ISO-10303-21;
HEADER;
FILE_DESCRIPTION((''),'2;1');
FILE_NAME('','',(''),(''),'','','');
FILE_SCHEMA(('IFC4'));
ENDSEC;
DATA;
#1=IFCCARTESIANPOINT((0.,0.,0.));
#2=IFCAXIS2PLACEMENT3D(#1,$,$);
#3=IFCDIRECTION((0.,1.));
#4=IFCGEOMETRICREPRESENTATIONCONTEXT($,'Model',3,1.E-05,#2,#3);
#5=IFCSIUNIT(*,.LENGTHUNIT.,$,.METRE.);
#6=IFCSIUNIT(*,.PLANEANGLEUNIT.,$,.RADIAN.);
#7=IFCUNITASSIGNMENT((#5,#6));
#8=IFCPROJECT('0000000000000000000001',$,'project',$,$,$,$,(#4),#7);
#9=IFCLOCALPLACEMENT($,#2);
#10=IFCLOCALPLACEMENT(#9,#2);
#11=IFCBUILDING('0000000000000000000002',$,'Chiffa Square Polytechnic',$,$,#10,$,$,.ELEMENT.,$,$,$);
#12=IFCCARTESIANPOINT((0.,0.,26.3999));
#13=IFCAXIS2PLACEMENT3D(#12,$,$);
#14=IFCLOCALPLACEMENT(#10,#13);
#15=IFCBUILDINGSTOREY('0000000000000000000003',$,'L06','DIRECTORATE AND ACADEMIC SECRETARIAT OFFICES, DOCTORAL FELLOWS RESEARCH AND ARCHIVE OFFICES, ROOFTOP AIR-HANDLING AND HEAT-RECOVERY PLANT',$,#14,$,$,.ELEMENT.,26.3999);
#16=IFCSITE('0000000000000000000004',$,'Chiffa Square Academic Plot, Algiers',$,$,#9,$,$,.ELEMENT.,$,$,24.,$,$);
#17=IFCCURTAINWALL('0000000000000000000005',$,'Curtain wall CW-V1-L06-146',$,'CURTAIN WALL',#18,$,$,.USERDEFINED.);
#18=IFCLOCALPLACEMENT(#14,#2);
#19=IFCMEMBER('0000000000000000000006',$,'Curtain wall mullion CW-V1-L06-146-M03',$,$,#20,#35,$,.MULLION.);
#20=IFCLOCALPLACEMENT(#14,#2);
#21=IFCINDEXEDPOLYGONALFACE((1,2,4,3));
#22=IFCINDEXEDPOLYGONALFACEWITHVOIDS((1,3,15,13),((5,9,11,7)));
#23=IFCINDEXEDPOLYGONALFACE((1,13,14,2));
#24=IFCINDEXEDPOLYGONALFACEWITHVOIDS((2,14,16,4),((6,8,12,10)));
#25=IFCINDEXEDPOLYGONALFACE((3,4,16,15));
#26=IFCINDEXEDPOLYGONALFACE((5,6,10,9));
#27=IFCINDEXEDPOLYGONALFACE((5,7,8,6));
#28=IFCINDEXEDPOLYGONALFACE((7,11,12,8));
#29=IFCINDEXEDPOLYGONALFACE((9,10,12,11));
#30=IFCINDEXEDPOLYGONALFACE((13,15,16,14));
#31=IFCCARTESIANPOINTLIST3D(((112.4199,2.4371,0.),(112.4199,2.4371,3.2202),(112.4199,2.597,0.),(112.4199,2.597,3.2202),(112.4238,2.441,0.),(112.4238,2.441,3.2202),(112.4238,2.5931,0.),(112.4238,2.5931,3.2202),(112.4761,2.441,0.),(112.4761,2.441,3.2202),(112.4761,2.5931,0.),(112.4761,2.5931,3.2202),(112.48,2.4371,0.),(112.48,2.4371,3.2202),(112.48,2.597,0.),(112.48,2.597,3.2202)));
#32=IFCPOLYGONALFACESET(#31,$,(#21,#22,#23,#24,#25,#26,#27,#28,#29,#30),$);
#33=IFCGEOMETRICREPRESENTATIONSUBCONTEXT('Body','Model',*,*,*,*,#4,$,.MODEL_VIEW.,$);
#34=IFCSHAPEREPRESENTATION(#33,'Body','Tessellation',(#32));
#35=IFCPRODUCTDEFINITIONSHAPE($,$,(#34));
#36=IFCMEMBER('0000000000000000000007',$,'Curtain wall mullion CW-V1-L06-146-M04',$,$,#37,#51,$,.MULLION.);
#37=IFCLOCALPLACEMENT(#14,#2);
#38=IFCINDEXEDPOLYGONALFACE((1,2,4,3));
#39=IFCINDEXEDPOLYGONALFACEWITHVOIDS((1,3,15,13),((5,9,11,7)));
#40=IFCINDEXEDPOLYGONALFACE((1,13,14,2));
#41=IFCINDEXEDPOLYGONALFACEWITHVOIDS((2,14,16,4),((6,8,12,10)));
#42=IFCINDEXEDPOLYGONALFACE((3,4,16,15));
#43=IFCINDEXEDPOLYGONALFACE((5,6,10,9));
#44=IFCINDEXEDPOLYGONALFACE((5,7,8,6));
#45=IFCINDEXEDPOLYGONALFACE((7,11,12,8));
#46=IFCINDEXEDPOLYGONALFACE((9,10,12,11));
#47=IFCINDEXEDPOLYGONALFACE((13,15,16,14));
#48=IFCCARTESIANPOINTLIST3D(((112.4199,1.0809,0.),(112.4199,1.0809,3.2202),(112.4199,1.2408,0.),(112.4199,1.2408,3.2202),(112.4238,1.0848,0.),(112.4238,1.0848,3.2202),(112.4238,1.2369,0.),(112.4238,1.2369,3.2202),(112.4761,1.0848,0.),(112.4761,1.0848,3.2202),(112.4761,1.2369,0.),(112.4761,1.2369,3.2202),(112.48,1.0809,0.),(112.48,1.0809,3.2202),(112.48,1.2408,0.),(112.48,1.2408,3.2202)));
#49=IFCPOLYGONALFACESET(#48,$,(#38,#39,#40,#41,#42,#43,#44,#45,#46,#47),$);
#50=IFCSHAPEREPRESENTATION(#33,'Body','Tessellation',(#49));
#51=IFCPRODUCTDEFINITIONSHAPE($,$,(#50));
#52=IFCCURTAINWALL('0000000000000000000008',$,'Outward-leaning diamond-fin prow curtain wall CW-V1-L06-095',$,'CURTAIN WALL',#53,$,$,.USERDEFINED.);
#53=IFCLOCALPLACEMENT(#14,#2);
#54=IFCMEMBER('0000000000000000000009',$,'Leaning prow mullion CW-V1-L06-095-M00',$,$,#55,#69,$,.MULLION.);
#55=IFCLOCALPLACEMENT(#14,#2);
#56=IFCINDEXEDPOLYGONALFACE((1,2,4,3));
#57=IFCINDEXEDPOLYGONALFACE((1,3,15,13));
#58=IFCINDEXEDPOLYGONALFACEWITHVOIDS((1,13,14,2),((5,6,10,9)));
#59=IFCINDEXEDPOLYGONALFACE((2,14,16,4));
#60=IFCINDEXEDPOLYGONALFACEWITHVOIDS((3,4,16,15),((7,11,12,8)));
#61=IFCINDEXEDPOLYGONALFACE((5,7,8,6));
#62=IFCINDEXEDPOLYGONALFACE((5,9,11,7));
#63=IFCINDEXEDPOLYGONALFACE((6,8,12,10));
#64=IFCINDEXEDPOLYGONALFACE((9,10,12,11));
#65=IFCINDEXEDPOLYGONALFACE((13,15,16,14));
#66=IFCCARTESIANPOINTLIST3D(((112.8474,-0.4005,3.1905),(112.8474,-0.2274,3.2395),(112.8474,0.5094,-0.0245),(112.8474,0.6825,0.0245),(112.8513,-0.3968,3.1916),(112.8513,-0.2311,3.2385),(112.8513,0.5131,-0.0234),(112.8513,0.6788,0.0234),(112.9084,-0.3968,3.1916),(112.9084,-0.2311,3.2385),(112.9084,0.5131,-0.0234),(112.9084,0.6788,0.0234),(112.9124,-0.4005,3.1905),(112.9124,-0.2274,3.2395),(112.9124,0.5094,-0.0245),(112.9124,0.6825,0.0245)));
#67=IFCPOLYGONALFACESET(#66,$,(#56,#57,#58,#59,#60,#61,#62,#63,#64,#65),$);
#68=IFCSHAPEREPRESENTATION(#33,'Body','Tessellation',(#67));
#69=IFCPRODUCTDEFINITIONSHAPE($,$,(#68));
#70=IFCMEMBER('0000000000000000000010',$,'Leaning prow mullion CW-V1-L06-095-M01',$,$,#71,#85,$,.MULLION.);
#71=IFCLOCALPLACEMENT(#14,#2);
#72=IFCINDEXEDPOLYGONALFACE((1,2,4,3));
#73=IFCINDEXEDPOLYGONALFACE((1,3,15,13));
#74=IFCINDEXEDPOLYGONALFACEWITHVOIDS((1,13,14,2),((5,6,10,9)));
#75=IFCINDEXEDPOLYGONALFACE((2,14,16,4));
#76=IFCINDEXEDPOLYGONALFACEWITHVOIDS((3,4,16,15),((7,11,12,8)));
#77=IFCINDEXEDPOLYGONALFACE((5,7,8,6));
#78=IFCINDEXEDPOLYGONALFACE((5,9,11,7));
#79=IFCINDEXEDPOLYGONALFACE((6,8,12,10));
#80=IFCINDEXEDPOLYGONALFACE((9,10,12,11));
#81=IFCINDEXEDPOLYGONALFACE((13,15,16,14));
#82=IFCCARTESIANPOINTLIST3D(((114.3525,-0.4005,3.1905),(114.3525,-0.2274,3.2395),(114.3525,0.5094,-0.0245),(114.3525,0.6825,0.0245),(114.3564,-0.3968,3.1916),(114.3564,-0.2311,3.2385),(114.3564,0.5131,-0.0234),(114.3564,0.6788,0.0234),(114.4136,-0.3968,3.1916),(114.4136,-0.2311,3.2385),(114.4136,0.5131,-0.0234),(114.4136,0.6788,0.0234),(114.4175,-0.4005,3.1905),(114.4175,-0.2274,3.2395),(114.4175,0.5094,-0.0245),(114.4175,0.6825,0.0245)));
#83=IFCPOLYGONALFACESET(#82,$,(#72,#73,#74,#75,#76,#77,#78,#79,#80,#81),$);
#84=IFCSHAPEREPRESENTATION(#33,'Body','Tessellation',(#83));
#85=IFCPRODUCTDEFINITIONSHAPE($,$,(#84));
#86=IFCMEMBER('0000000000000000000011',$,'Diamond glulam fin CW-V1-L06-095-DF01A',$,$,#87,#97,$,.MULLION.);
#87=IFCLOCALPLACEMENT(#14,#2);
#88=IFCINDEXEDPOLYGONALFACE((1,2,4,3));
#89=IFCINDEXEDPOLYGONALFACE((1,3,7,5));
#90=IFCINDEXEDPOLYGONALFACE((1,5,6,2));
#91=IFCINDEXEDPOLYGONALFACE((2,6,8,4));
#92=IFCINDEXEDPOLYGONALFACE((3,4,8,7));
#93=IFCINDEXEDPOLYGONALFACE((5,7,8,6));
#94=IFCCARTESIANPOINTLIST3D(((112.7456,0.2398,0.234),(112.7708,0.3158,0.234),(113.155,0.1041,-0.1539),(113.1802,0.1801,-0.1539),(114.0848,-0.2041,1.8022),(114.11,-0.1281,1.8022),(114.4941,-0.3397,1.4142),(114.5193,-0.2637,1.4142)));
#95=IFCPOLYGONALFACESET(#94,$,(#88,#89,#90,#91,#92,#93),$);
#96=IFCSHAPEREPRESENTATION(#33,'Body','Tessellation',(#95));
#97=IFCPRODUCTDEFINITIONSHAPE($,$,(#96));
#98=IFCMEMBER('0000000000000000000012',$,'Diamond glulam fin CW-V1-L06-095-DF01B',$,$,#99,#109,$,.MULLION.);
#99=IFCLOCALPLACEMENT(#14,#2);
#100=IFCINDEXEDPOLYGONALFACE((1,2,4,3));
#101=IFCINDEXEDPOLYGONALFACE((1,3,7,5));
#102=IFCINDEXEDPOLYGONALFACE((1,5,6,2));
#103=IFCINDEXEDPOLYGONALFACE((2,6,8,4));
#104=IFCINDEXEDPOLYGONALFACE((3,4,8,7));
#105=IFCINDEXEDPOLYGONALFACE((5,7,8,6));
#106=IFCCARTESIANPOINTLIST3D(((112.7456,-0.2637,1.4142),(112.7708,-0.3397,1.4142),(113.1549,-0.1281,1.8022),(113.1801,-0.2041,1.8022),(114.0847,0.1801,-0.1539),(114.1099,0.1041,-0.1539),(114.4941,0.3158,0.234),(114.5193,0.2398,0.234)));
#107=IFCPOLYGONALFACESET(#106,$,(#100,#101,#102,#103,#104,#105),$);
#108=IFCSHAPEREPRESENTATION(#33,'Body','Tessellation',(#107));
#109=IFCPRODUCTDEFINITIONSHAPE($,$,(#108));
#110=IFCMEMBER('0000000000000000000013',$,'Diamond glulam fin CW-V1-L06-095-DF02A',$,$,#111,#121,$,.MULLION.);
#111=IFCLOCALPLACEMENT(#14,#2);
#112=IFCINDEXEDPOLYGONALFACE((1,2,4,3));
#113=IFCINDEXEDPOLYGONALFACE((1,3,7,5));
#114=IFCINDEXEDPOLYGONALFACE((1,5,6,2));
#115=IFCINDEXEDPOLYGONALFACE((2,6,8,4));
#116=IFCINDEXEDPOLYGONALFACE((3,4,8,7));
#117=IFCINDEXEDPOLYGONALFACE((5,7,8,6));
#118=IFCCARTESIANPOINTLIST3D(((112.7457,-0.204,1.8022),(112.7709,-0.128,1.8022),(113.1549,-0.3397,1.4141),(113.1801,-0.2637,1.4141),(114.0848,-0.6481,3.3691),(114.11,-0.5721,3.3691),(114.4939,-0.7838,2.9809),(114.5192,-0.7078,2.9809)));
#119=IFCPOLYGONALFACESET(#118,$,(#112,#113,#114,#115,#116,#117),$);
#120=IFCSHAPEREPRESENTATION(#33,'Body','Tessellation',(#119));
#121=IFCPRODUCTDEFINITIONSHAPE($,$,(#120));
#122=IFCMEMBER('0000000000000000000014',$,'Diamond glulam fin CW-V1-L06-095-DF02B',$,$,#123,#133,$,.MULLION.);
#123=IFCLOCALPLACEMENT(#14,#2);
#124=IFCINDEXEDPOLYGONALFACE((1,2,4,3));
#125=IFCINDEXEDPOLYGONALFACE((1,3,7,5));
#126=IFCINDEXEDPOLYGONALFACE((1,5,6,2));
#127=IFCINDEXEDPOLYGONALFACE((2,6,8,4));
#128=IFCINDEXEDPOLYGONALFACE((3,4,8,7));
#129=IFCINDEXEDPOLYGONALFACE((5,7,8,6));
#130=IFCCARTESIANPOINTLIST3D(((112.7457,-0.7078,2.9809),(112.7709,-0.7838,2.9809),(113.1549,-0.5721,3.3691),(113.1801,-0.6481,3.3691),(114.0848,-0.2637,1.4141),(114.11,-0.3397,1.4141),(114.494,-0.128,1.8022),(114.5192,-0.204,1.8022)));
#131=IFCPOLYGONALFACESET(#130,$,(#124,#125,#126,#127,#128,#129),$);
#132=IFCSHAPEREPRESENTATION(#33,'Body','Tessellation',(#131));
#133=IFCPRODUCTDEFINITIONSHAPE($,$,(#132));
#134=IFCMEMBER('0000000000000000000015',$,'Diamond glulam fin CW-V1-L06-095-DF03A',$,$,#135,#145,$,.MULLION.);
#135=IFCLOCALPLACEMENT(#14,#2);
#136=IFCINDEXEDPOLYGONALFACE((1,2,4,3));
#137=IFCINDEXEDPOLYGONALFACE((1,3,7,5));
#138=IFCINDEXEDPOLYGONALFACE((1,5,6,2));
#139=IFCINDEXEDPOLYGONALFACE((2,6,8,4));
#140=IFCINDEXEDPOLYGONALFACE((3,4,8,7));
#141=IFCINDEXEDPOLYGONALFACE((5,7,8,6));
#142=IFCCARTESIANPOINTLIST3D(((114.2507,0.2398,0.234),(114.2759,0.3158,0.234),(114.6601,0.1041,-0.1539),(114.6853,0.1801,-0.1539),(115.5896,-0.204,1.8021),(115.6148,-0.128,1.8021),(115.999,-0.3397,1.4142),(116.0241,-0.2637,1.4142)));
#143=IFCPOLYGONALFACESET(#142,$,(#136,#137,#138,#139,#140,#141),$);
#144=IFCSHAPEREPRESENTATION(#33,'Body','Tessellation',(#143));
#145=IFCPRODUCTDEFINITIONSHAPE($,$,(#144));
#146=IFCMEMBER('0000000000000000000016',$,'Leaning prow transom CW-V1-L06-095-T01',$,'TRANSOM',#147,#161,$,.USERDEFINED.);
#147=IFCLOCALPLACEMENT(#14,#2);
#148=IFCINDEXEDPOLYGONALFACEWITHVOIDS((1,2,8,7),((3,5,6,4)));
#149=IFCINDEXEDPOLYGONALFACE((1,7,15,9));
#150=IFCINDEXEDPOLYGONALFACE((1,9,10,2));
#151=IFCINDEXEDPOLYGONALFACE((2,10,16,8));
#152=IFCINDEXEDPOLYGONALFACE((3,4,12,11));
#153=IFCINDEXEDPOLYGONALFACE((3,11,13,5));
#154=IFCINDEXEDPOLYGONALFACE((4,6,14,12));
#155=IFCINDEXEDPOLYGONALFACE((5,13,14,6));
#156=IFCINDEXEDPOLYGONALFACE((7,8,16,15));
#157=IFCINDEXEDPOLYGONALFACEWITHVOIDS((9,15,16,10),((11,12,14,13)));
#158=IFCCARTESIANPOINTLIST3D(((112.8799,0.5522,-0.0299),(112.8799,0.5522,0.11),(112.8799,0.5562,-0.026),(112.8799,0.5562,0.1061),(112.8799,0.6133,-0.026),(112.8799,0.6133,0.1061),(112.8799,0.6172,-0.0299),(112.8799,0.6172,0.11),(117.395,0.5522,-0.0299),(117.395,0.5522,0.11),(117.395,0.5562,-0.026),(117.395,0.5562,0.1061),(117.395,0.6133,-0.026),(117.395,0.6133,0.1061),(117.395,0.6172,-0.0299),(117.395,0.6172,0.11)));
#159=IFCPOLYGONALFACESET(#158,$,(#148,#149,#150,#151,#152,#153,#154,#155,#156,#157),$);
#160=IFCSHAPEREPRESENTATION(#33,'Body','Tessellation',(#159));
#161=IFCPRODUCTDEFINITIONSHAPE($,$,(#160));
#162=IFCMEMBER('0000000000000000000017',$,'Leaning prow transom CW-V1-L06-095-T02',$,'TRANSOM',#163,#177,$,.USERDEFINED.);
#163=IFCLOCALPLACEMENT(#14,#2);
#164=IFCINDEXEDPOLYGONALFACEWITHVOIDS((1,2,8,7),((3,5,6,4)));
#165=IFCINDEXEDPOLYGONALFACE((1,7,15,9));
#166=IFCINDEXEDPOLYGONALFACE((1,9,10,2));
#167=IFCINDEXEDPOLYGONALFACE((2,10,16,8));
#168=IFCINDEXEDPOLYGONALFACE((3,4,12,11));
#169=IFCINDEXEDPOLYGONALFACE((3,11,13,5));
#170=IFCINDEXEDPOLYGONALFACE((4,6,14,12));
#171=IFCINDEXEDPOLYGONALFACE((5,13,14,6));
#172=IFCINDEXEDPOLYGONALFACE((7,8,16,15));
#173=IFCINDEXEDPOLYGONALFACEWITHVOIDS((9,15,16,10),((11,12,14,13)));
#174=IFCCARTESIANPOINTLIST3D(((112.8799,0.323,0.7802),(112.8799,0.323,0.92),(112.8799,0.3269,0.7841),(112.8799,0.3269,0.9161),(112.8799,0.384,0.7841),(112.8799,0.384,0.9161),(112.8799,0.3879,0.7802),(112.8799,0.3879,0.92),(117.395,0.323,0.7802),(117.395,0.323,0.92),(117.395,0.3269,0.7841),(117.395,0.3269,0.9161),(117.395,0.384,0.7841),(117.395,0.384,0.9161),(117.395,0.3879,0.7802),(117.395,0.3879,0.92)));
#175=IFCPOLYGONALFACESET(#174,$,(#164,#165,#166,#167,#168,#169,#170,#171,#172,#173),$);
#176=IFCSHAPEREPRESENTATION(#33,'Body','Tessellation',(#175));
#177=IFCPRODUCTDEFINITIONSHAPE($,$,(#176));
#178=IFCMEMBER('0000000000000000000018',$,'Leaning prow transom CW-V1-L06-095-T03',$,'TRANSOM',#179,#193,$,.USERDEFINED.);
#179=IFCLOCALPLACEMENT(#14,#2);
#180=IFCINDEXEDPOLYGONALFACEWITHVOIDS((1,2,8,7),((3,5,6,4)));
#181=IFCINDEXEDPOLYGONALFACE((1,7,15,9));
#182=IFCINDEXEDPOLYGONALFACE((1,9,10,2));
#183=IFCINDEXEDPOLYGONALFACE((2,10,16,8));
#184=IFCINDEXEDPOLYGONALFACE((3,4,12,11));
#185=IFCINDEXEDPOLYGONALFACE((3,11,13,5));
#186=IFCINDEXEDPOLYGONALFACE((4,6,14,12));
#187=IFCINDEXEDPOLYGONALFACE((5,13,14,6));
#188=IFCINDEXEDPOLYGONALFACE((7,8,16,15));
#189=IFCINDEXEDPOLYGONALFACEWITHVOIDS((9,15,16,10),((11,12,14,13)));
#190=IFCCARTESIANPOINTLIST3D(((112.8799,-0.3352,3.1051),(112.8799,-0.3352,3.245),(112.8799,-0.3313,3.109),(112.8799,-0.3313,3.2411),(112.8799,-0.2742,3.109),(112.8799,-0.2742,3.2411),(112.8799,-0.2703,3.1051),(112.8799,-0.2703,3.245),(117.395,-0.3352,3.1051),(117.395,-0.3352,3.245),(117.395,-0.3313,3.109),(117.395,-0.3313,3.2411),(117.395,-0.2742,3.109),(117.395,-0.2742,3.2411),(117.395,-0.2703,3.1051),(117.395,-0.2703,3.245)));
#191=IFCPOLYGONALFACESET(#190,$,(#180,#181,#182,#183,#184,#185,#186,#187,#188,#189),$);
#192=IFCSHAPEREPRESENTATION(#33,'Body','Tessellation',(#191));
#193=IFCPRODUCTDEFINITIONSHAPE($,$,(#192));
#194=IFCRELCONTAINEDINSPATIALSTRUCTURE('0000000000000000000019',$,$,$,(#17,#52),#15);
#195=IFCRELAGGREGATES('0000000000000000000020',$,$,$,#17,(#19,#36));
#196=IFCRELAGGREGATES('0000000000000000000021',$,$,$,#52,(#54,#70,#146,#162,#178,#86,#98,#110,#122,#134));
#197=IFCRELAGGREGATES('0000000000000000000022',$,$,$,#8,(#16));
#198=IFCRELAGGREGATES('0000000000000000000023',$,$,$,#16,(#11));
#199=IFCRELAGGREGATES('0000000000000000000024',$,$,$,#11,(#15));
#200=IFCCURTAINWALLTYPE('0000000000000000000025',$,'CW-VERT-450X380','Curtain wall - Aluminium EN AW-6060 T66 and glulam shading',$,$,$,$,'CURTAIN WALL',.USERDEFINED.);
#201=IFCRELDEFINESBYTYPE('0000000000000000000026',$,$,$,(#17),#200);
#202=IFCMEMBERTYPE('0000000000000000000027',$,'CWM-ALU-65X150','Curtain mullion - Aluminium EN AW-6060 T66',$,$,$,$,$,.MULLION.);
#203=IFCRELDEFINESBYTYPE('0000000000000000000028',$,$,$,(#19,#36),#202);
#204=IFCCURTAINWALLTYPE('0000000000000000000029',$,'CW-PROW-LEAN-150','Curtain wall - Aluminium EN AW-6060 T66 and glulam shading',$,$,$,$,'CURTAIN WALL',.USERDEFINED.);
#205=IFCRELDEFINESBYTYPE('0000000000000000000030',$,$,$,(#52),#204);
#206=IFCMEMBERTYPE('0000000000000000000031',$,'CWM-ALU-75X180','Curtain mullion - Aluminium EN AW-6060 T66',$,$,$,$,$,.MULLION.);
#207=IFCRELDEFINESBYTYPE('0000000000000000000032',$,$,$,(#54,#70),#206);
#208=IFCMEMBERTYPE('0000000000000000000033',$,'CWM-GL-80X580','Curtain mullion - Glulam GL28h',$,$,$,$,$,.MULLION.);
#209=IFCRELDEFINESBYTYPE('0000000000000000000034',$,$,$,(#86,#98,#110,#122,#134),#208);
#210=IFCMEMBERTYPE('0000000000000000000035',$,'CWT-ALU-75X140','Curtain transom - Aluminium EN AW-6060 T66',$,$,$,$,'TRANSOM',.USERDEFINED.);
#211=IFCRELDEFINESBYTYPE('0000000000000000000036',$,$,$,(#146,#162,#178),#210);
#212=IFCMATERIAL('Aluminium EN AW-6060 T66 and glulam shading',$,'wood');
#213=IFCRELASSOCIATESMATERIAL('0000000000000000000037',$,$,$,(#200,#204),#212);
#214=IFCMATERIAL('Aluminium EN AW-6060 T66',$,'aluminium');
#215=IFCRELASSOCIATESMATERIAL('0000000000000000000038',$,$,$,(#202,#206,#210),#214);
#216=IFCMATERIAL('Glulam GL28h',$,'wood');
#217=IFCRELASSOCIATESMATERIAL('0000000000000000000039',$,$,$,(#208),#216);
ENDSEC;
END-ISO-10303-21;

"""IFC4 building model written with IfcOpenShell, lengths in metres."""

from ifc_helpers import new_model, si_unit, direction, frame, origin, origin_2d, place, context, subcontext, project, spatial, rectangle, hollow_rectangle, extrude, material, material_profile, profile_set, type_object, element, aggregate, save


model = new_model("IFC4")

# Units and contexts
model_context = context("Model", 3, precision=1e-05, world=origin(), true_north=direction((0.0, 1.0)))
body_context = subcontext(model_context, "Body", "Model", "MODEL_VIEW")
ifc_project = project(units=[si_unit("LENGTHUNIT", "METRE"), si_unit("PLANEANGLEUNIT", "RADIAN")], contexts=[model_context])

# Site, building, storey
site_placement = place(None, origin())
site = spatial("IfcSite", under=ifc_project, at=site_placement, Name="Chiffa Square Academic Plot, Algiers", CompositionType="ELEMENT", RefElevation=24.0)
building_placement = place(site_placement, origin())
building = spatial("IfcBuilding", under=site, at=building_placement, Name="Chiffa Square Polytechnic", CompositionType="ELEMENT")
storey_placement = place(building_placement, frame((0.0, 0.0, 26.3999)))
storey = spatial("IfcBuildingStorey", under=building, at=storey_placement, Name="L06", Description="DIRECTORATE AND ACADEMIC SECRETARIAT OFFICES, DOCTORAL FELLOWS RESEARCH AND ARCHIVE OFFICES, ROOFTOP AIR-HANDLING AND HEAT-RECOVERY PLANT", CompositionType="ELEMENT", Elevation=26.3999)

# Curtain walls, members
ifc_material_1 = material(Name="Aluminium EN AW-6060 T66 and glulam shading", Category="wood")
curtain_wall_type_1 = type_object("IfcCurtainWallType", Name="CW-VERT-450X380", Description="Curtain wall - Aluminium EN AW-6060 T66 and glulam shading", ElementType="CURTAIN WALL", PredefinedType="USERDEFINED", material=ifc_material_1)
curtain_wall_1_placement = place(storey_placement, origin())
curtain_wall_1 = element("IfcCurtainWall", 1, at=curtain_wall_1_placement, inside=storey, type_object=curtain_wall_type_1, Name="Curtain wall CW-V1-L06-146", ObjectType="CURTAIN WALL", PredefinedType="USERDEFINED")
ifc_material_2 = material(Name="Aluminium EN AW-6060 T66", Category="aluminium")
ifc_material_profile_1 = material_profile(ifc_material_2, hollow_rectangle(XDim=0.0601, YDim=0.1599, WallThickness=0.0039, at=origin_2d()), Name="ALU 60x160x4")
ifc_profile_set_1 = profile_set([ifc_material_profile_1], Name="Aluminium EN AW-6060 T66")
member_type_1 = type_object("IfcMemberType", Name="CWM-ALU-65X150", Description="Curtain mullion - Aluminium EN AW-6060 T66", PredefinedType="MULLION", material=ifc_profile_set_1)
member_1_placement = place(storey_placement, frame((112.45, 2.5171, 0.0), z_axis=(0.0, 0.0, 1.0), x_axis=(1.0, 0.0, 0.0)))
member_1 = element("IfcMember", 2, at=member_1_placement, type_object=member_type_1, Name="Curtain wall mullion CW-V1-L06-146-M03", PredefinedType="MULLION", context=body_context, shape_type="SweptSolid", body=[
    extrude(hollow_rectangle(XDim=0.0601, YDim=0.1599, WallThickness=0.0039, at=origin_2d()), origin(), (0.0, 0.0, 1.0), 3.2202),
])
member_2_placement = place(storey_placement, frame((112.45, 1.1609, 0.0), z_axis=(0.0, 0.0, 1.0), x_axis=(1.0, 0.0, 0.0)))
member_2 = element("IfcMember", 3, at=member_2_placement, type_object=member_type_1, Name="Curtain wall mullion CW-V1-L06-146-M04", PredefinedType="MULLION", context=body_context, shape_type="SweptSolid", body=[
    extrude(hollow_rectangle(XDim=0.0601, YDim=0.1599, WallThickness=0.0039, at=origin_2d()), origin(), (0.0, 0.0, 1.0), 3.2202),
])
curtain_wall_type_2 = type_object("IfcCurtainWallType", Name="CW-PROW-LEAN-150", Description="Curtain wall - Aluminium EN AW-6060 T66 and glulam shading", ElementType="CURTAIN WALL", PredefinedType="USERDEFINED", material=ifc_material_1)
curtain_wall_2_placement = place(storey_placement, origin())
curtain_wall_2 = element("IfcCurtainWall", 4, at=curtain_wall_2_placement, inside=storey, type_object=curtain_wall_type_2, Name="Outward-leaning diamond-fin prow curtain wall CW-V1-L06-095", ObjectType="CURTAIN WALL", PredefinedType="USERDEFINED")
ifc_material_profile_2 = material_profile(ifc_material_2, hollow_rectangle(XDim=0.0649, YDim=0.1799, WallThickness=0.0039, at=origin_2d()), Name="ALU 65x180x4")
ifc_profile_set_2 = profile_set([ifc_material_profile_2], Name="Aluminium EN AW-6060 T66")
member_type_2 = type_object("IfcMemberType", Name="CWM-ALU-75X180", Description="Curtain mullion - Aluminium EN AW-6060 T66", PredefinedType="MULLION", material=ifc_profile_set_2)
member_3_placement = place(storey_placement, frame((112.8799, 0.5959, 0.0), z_axis=(0.0, -0.272317, 0.962207), x_axis=(1.0, 0.0, 0.0)))
member_3 = element("IfcMember", 5, at=member_3_placement, type_object=member_type_2, Name="Leaning prow mullion CW-V1-L06-095-M00", PredefinedType="MULLION", context=body_context, shape_type="SweptSolid", body=[
    extrude(hollow_rectangle(XDim=0.0649, YDim=0.1799, WallThickness=0.0039, at=origin_2d()), origin(), (0.0, 0.0, 1.0), 3.3413),
])
member_4_placement = place(storey_placement, frame((114.385, 0.5959, 0.0), z_axis=(0.0, -0.272317, 0.962207), x_axis=(1.0, 0.0, 0.0)))
member_4 = element("IfcMember", 6, at=member_4_placement, type_object=member_type_2, Name="Leaning prow mullion CW-V1-L06-095-M01", PredefinedType="MULLION", context=body_context, shape_type="SweptSolid", body=[
    extrude(hollow_rectangle(XDim=0.0649, YDim=0.1799, WallThickness=0.0039, at=origin_2d()), origin(), (0.0, 0.0, 1.0), 3.3413),
])
ifc_material_3 = material(Name="Glulam GL28h", Category="wood")
ifc_material_profile_3 = material_profile(ifc_material_3, rectangle(XDim=0.0801, YDim=0.5801, at=origin_2d()), Name="GL28h 80x580")
ifc_profile_set_3 = profile_set([ifc_material_profile_3], Name="Glulam GL28h")
member_type_3 = type_object("IfcMemberType", Name="CWM-GL-80X580", Description="Curtain mullion - Glulam GL28h", PredefinedType="MULLION", material=ifc_profile_set_3)
member_5_placement = place(storey_placement, frame((112.9629, 0.21, 0.04), z_axis=(0.634856, -0.210423, 0.743424), x_axis=(0.314618, 0.949218, 0.0)))
member_5 = element("IfcMember", 7, at=member_5_placement, type_object=member_type_3, Name="Diamond glulam fin CW-V1-L06-095-DF01A", PredefinedType="MULLION", context=body_context, shape_type="SweptSolid", body=[
    extrude(rectangle(XDim=0.0801, YDim=0.5801, at=origin_2d()), origin(), (0.0, 0.0, 1.0), 2.1094),
])
member_6_placement = place(storey_placement, frame((114.302, 0.21, 0.04), z_axis=(-0.634856, -0.210423, 0.743424), x_axis=(0.314618, -0.949218, 0.0)))
member_6 = element("IfcMember", 8, at=member_6_placement, type_object=member_type_3, Name="Diamond glulam fin CW-V1-L06-095-DF01B", PredefinedType="MULLION", context=body_context, shape_type="SweptSolid", body=[
    extrude(rectangle(XDim=0.0801, YDim=0.5801, at=origin_2d()), origin(), (0.0, 0.0, 1.0), 2.1094),
])
member_7_placement = place(storey_placement, frame((112.9629, -0.2339, 1.6082), z_axis=(0.635114, -0.210624, 0.743147), x_axis=(0.314774, 0.949167, 0.0)))
member_7 = element("IfcMember", 9, at=member_7_placement, type_object=member_type_3, Name="Diamond glulam fin CW-V1-L06-095-DF02A", PredefinedType="MULLION", context=body_context, shape_type="SweptSolid", body=[
    extrude(rectangle(XDim=0.0801, YDim=0.5801, at=origin_2d()), origin(), (0.0, 0.0, 1.0), 2.1084),
])
member_8_placement = place(storey_placement, frame((114.302, -0.2339, 1.6082), z_axis=(-0.635114, -0.210624, 0.743147), x_axis=(0.314774, -0.949167, 0.0)))
member_8 = element("IfcMember", 10, at=member_8_placement, type_object=member_type_3, Name="Diamond glulam fin CW-V1-L06-095-DF02B", PredefinedType="MULLION", context=body_context, shape_type="SweptSolid", body=[
    extrude(rectangle(XDim=0.0801, YDim=0.5801, at=origin_2d()), origin(), (0.0, 0.0, 1.0), 2.1084),
])
member_9_placement = place(storey_placement, frame((114.468, 0.21, 0.04), z_axis=(0.634787, -0.210438, 0.743479), x_axis=(0.31467, 0.949201, 0.0)))
member_9 = element("IfcMember", 11, at=member_9_placement, type_object=member_type_3, Name="Diamond glulam fin CW-V1-L06-095-DF03A", PredefinedType="MULLION", context=body_context, shape_type="SweptSolid", body=[
    extrude(rectangle(XDim=0.0801, YDim=0.5801, at=origin_2d()), origin(), (0.0, 0.0, 1.0), 2.1091),
])
ifc_material_profile_4 = material_profile(ifc_material_2, hollow_rectangle(XDim=0.0649, YDim=0.1399, WallThickness=0.0039, at=origin_2d()), Name="ALU 65x140x4")
ifc_profile_set_4 = profile_set([ifc_material_profile_4], Name="Aluminium EN AW-6060 T66")
member_type_4 = type_object("IfcMemberType", Name="CWT-ALU-75X140", Description="Curtain transom - Aluminium EN AW-6060 T66", ElementType="TRANSOM", PredefinedType="USERDEFINED", material=ifc_profile_set_4)
member_10_placement = place(storey_placement, frame((112.8799, 0.5847, 0.04), z_axis=(1.0, 0.0, 0.0), x_axis=(0.0, 1.0, 0.0)))
member_10 = element("IfcMember", 12, at=member_10_placement, type_object=member_type_4, Name="Leaning prow transom CW-V1-L06-095-T01", ObjectType="TRANSOM", PredefinedType="USERDEFINED", context=body_context, shape_type="SweptSolid", body=[
    extrude(hollow_rectangle(XDim=0.0649, YDim=0.1399, WallThickness=0.0039, at=origin_2d()), origin(), (0.0, 0.0, 1.0), 4.5151),
])
member_11_placement = place(storey_placement, frame((112.8799, 0.3555, 0.8501), z_axis=(1.0, 0.0, 0.0), x_axis=(0.0, 1.0, 0.0)))
member_11 = element("IfcMember", 13, at=member_11_placement, type_object=member_type_4, Name="Leaning prow transom CW-V1-L06-095-T02", ObjectType="TRANSOM", PredefinedType="USERDEFINED", context=body_context, shape_type="SweptSolid", body=[
    extrude(hollow_rectangle(XDim=0.0649, YDim=0.1399, WallThickness=0.0039, at=origin_2d()), origin(), (0.0, 0.0, 1.0), 4.5151),
])
member_12_placement = place(storey_placement, frame((112.8799, -0.3027, 3.175), z_axis=(1.0, 0.0, 0.0), x_axis=(0.0, 1.0, 0.0)))
member_12 = element("IfcMember", 14, at=member_12_placement, type_object=member_type_4, Name="Leaning prow transom CW-V1-L06-095-T03", ObjectType="TRANSOM", PredefinedType="USERDEFINED", context=body_context, shape_type="SweptSolid", body=[
    extrude(hollow_rectangle(XDim=0.0649, YDim=0.1399, WallThickness=0.0039, at=origin_2d()), origin(), (0.0, 0.0, 1.0), 4.5151),
])

aggregate(curtain_wall_1, [member_1, member_2])
aggregate(curtain_wall_2, [member_3, member_4, member_10, member_11, member_12, member_5, member_6, member_7, member_8, member_9])

save(model, "model.ifc")
